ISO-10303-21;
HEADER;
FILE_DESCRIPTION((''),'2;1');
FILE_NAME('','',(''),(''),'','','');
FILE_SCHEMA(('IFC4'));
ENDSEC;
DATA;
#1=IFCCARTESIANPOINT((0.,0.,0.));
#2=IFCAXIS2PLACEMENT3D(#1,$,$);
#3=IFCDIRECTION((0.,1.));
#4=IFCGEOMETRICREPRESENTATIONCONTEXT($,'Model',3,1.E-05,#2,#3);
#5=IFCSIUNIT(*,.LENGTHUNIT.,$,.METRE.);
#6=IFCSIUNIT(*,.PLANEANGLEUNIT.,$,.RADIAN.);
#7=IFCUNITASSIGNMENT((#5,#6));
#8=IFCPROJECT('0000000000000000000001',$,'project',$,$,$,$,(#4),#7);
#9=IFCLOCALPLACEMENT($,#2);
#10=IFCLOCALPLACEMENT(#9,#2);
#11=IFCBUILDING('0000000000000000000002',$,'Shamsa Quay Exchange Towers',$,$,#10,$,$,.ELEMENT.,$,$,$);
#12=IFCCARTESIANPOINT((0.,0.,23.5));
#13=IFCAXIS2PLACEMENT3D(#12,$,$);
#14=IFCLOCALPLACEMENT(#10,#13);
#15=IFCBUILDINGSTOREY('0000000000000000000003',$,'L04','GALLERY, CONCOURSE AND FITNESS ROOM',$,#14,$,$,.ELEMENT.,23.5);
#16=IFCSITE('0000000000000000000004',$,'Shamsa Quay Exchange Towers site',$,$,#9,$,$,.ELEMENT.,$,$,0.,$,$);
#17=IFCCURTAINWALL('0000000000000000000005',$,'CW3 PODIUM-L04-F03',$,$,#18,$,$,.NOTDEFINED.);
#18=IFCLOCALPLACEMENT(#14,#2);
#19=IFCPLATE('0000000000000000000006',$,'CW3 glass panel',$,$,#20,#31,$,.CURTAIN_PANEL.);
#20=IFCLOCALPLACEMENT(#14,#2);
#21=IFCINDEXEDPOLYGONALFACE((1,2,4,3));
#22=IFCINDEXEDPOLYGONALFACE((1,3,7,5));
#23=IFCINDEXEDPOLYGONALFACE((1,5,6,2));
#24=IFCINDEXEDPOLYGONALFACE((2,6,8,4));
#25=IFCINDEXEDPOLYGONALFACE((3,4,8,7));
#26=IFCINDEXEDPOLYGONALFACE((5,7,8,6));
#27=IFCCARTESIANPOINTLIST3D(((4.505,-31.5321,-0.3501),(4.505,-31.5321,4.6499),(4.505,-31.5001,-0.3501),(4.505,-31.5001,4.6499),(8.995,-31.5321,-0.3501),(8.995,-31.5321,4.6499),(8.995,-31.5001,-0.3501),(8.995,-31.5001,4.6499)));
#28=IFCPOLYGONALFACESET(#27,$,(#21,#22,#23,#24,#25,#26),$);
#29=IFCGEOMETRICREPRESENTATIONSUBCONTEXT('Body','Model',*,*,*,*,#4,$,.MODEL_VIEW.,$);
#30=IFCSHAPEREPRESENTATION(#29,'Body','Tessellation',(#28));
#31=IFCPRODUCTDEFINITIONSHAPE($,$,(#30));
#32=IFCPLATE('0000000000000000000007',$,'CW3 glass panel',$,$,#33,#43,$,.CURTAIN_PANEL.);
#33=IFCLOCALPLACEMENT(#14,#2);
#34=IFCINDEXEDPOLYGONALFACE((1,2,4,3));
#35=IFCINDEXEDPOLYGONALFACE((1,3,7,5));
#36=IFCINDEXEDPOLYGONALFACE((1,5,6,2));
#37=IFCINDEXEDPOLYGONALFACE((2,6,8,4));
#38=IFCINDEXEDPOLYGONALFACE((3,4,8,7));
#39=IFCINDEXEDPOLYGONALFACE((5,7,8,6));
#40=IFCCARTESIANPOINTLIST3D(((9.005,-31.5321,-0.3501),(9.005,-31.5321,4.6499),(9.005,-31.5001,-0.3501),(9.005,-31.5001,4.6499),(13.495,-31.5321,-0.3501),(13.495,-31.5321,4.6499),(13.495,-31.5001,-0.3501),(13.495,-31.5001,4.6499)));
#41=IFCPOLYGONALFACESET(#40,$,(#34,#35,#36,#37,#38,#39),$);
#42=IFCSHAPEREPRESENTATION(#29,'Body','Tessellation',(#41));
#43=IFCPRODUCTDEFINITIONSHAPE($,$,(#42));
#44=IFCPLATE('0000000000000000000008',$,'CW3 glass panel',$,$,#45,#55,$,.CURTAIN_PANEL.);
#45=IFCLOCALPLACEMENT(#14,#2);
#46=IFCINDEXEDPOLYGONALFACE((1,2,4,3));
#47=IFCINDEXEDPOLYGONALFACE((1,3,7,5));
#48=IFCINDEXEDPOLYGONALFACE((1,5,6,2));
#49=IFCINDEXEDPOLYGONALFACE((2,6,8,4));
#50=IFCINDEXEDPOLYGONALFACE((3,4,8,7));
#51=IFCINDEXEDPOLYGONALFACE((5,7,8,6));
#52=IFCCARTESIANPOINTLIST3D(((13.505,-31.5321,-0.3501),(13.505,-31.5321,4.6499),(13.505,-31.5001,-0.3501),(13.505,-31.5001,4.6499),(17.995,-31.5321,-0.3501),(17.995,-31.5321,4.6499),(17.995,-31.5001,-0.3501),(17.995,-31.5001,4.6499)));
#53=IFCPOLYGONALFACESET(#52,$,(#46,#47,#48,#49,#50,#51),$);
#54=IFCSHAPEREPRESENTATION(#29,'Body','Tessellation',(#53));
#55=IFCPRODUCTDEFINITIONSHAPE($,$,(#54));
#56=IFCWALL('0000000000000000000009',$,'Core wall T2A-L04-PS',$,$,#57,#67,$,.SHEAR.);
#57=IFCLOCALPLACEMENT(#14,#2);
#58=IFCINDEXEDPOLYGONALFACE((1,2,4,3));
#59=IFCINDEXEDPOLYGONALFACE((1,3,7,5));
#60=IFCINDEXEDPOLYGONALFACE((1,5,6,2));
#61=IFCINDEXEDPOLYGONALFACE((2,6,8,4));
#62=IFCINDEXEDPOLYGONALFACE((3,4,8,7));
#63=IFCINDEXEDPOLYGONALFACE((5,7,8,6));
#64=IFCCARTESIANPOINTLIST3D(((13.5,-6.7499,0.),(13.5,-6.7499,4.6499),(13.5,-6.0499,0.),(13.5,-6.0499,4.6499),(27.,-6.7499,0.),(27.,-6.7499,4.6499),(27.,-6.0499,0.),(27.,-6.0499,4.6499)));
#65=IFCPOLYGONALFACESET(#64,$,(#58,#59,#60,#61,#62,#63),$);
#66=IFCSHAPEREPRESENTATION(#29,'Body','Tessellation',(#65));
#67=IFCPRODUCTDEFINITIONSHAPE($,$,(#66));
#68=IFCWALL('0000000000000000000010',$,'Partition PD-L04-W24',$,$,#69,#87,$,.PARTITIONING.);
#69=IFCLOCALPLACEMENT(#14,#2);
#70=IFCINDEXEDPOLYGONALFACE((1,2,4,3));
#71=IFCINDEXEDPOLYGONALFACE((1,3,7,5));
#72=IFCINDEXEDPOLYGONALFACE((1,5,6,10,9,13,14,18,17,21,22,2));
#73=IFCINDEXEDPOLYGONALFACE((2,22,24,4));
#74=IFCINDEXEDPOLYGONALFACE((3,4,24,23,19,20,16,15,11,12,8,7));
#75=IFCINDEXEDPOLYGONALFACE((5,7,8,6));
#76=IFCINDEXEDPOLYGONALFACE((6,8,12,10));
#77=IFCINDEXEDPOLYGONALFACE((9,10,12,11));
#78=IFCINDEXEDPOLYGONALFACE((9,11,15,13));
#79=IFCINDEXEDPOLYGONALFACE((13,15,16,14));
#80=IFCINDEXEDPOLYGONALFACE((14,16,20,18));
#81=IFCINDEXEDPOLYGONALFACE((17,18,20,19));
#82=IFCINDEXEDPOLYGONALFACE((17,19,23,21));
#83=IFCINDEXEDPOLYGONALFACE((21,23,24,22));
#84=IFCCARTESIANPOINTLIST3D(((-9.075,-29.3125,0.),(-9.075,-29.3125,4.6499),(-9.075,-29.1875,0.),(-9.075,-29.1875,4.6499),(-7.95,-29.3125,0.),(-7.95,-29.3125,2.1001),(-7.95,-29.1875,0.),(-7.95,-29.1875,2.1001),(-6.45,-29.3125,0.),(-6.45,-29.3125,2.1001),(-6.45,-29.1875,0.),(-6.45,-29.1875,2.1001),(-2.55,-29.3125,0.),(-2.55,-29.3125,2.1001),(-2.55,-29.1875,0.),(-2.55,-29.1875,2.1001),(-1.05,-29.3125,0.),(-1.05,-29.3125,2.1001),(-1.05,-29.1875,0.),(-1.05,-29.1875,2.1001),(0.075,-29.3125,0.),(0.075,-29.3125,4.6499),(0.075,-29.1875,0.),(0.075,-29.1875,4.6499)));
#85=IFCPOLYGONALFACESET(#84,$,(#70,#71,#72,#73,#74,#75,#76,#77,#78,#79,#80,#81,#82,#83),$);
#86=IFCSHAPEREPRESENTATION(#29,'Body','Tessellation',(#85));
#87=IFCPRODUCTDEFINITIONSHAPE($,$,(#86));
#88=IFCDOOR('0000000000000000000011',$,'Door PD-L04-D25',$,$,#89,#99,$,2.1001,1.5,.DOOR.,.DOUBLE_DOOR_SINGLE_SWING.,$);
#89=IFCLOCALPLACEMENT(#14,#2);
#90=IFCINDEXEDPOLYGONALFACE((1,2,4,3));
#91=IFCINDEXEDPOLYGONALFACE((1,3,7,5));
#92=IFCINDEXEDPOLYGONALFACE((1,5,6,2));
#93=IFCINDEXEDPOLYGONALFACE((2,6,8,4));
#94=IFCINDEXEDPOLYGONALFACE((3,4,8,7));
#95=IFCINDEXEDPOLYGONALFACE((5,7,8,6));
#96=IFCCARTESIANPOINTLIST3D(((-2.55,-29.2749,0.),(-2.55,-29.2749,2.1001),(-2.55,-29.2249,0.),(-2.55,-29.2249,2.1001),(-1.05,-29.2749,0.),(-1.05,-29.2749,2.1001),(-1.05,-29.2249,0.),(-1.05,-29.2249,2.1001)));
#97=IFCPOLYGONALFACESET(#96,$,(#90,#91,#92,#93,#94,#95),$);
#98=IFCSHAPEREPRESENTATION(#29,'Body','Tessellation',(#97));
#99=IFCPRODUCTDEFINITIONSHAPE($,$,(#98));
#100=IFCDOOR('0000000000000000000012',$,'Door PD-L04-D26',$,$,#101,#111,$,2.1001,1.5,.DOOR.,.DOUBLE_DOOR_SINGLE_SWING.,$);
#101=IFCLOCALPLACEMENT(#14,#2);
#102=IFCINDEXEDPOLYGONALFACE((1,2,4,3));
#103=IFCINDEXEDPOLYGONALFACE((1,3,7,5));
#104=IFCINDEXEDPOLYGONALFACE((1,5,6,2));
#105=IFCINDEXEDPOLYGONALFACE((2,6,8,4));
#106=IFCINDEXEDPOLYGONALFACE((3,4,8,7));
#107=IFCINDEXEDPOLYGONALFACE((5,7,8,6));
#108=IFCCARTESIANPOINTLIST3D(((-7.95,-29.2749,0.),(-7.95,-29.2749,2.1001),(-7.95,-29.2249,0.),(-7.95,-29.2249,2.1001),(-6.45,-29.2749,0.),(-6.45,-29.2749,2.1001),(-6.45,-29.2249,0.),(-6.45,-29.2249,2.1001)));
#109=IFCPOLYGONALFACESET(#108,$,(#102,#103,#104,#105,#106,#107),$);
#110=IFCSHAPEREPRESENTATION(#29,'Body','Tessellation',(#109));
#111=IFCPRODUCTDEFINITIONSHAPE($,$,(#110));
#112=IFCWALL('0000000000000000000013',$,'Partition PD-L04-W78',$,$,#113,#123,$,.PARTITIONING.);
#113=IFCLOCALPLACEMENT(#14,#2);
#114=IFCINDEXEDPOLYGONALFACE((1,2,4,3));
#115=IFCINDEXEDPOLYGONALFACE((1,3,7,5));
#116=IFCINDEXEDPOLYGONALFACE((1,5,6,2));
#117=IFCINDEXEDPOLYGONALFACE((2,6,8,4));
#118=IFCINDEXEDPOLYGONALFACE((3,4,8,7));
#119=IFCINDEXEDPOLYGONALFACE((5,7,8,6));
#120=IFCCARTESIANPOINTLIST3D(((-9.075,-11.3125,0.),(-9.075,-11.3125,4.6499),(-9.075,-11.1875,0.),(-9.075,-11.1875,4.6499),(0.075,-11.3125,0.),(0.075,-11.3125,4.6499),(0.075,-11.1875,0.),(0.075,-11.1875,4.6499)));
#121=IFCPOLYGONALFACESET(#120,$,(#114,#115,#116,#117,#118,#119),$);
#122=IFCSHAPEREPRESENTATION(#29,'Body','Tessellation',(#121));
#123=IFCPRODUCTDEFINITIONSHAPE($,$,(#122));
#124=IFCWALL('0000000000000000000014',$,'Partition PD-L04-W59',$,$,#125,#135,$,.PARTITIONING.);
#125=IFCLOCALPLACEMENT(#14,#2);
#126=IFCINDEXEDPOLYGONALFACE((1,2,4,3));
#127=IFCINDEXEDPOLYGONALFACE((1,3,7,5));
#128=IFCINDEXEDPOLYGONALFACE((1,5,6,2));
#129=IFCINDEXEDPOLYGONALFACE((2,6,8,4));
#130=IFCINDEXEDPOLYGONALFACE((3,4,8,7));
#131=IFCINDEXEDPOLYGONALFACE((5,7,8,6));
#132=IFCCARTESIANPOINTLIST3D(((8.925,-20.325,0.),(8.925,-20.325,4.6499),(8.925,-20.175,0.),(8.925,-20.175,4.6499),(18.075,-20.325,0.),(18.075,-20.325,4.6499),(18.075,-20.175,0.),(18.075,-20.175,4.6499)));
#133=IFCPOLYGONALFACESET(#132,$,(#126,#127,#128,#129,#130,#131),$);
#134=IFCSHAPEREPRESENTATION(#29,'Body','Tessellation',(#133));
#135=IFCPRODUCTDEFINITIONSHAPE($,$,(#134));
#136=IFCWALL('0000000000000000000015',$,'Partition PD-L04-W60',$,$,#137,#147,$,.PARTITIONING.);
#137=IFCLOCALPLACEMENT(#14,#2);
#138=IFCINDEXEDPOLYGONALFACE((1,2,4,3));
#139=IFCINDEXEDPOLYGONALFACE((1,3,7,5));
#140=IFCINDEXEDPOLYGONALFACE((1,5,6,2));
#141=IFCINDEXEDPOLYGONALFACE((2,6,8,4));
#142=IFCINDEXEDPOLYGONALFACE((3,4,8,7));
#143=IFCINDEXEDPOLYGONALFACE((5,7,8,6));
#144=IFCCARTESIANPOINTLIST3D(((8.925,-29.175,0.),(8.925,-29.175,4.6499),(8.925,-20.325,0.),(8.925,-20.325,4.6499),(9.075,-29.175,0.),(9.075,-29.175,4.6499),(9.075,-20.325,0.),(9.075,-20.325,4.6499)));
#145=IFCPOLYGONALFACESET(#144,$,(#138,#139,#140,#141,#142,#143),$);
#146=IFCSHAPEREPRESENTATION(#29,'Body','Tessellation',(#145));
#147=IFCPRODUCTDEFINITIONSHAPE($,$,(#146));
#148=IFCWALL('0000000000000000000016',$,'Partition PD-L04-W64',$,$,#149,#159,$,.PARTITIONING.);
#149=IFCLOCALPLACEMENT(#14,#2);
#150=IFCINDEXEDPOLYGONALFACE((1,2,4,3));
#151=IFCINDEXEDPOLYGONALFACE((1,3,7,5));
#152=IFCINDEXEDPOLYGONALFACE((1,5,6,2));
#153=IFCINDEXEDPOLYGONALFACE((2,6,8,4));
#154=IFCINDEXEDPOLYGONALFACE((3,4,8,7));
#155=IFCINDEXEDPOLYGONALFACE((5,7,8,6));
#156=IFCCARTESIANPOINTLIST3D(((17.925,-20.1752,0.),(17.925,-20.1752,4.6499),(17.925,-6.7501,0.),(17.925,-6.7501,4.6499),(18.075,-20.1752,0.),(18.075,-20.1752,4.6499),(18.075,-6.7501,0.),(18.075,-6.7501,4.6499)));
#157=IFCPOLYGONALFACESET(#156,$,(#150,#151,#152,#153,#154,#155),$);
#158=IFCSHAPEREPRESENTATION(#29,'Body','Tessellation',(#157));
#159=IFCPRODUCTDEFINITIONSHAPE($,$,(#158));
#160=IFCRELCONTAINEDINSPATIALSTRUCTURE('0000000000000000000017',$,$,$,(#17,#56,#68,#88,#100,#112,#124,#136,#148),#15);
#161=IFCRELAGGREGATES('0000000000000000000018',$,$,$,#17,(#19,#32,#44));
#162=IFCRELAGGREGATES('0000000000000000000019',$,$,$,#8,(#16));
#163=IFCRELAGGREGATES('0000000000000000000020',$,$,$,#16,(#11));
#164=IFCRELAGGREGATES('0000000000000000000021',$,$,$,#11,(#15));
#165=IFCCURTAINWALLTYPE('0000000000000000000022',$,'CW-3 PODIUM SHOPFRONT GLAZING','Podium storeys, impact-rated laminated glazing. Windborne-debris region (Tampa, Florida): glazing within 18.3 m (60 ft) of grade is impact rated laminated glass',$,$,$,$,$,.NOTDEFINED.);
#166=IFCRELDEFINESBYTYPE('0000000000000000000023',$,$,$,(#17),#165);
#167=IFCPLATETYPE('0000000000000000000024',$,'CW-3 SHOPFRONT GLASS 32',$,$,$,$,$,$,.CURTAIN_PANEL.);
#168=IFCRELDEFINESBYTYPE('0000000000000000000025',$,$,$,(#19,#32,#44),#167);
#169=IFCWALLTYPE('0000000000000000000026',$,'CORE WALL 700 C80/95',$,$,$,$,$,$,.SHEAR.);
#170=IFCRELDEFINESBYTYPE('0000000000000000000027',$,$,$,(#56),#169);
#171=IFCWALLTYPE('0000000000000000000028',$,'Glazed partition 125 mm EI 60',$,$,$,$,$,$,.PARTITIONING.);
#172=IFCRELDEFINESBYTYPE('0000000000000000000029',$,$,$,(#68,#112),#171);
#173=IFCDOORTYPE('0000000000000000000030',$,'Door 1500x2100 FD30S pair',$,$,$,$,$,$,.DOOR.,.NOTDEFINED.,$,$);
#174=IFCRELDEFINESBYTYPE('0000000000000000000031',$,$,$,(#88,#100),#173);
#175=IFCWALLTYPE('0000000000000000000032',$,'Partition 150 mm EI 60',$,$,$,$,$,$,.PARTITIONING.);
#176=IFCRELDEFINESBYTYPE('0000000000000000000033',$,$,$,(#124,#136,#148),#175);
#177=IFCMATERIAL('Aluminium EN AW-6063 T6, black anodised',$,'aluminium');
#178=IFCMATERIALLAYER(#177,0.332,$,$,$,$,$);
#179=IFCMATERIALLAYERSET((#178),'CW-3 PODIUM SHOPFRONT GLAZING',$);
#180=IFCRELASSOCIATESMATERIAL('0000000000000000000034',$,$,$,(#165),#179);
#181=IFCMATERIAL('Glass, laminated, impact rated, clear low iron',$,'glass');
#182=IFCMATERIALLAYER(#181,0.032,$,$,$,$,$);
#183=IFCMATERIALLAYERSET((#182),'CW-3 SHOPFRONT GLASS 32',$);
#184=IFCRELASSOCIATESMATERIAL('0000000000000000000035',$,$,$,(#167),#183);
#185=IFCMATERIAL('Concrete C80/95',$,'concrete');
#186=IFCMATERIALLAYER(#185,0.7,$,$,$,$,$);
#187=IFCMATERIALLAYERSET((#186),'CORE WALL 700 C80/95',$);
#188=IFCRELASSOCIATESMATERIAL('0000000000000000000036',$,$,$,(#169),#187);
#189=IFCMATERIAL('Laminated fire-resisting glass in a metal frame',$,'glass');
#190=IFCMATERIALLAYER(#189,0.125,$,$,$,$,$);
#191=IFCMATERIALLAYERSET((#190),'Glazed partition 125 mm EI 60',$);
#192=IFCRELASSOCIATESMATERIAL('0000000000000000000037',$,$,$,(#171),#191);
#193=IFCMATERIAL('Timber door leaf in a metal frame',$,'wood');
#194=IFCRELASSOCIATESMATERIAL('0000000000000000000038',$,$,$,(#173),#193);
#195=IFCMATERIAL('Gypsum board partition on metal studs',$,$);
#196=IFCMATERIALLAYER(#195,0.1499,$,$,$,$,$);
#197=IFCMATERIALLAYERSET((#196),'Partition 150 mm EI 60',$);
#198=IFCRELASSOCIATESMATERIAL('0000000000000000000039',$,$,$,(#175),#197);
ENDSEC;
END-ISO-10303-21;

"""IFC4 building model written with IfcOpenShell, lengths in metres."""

from ifc_helpers import new_model, si_unit, direction, frame, frame_2d, origin, origin_2d, place, context, subcontext, project, spatial, rectangle, extrude, material, layer, layer_set, type_object, element, fill, aggregate, save


model = new_model("IFC4")

# Units and contexts
model_context = context("Model", 3, precision=1e-05, world=origin(), true_north=direction((0.0, 1.0)))
body_context = subcontext(model_context, "Body", "Model", "MODEL_VIEW")
ifc_project = project(units=[si_unit("LENGTHUNIT", "METRE"), si_unit("PLANEANGLEUNIT", "RADIAN")], contexts=[model_context])

# Site, building, storey
site_placement = place(None, origin())
site = spatial("IfcSite", under=ifc_project, at=site_placement, Name="Shamsa Quay Exchange Towers site", CompositionType="ELEMENT", RefElevation=0.0)
building_placement = place(site_placement, origin())
building = spatial("IfcBuilding", under=site, at=building_placement, Name="Shamsa Quay Exchange Towers", CompositionType="ELEMENT")
storey_placement = place(building_placement, frame((0.0, 0.0, 23.5)))
storey = spatial("IfcBuildingStorey", under=building, at=storey_placement, Name="L04", Description="GALLERY, CONCOURSE AND FITNESS ROOM", CompositionType="ELEMENT", Elevation=23.5)

# Curtain wall
ifc_material_1 = material(Name="Aluminium EN AW-6063 T6, black anodised", Category="aluminium")
ifc_layer_1 = layer(ifc_material_1, 0.332)
ifc_layer_set_1 = layer_set([ifc_layer_1], Name="CW-3 PODIUM SHOPFRONT GLAZING")
curtain_wall_type = type_object("IfcCurtainWallType", Name="CW-3 PODIUM SHOPFRONT GLAZING", Description="Podium storeys, impact-rated laminated glazing. Windborne-debris region (Tampa, Florida): glazing within 18.3 m (60 ft) of grade is impact rated laminated glass", PredefinedType="NOTDEFINED", material=ifc_layer_set_1)
curtain_wall_placement = place(storey_placement, origin())
curtain_wall = element("IfcCurtainWall", 1, at=curtain_wall_placement, inside=storey, type_object=curtain_wall_type, Name="CW3 PODIUM-L04-F03", PredefinedType="NOTDEFINED")

# Plates
ifc_material_2 = material(Name="Glass, laminated, impact rated, clear low iron", Category="glass")
ifc_layer_2 = layer(ifc_material_2, 0.032)
ifc_layer_set_2 = layer_set([ifc_layer_2], Name="CW-3 SHOPFRONT GLASS 32")
plate_type = type_object("IfcPlateType", Name="CW-3 SHOPFRONT GLASS 32", PredefinedType="CURTAIN_PANEL", material=ifc_layer_set_2)
plate_1_placement = place(storey_placement, frame((6.75, -31.5161, -0.3501)))
plate_1 = element("IfcPlate", 2, at=plate_1_placement, type_object=plate_type, Name="CW3 glass panel", PredefinedType="CURTAIN_PANEL", context=body_context, shape_type="SweptSolid", body=[
    extrude(rectangle(XDim=4.49, YDim=0.032, at=origin_2d()), origin(), (0.0, 0.0, 1.0), 5.0),
])
plate_2_placement = place(storey_placement, frame((11.25, -31.5161, -0.3501)))
plate_2 = element("IfcPlate", 3, at=plate_2_placement, type_object=plate_type, Name="CW3 glass panel", PredefinedType="CURTAIN_PANEL", context=body_context, shape_type="SweptSolid", body=[
    extrude(rectangle(XDim=4.49, YDim=0.032, at=origin_2d()), origin(), (0.0, 0.0, 1.0), 5.0),
])
plate_3_placement = place(storey_placement, frame((15.75, -31.5161, -0.3501)))
plate_3 = element("IfcPlate", 4, at=plate_3_placement, type_object=plate_type, Name="CW3 glass panel", PredefinedType="CURTAIN_PANEL", context=body_context, shape_type="SweptSolid", body=[
    extrude(rectangle(XDim=4.49, YDim=0.032, at=origin_2d()), origin(), (0.0, 0.0, 1.0), 5.0),
])
aggregate(curtain_wall, [plate_1, plate_2, plate_3])

# Wall
ifc_material_3 = material(Name="Concrete C80/95", Category="concrete")
ifc_layer_3 = layer(ifc_material_3, 0.7)
ifc_layer_set_3 = layer_set([ifc_layer_3], Name="CORE WALL 700 C80/95")
wall_type_1 = type_object("IfcWallType", Name="CORE WALL 700 C80/95", PredefinedType="SHEAR", material=ifc_layer_set_3)
wall_1_placement = place(storey_placement, frame((13.5, -6.3999, 0.0)))
element("IfcWall", 5, at=wall_1_placement, inside=storey, type_object=wall_type_1, Name="Core wall T2A-L04-PS", PredefinedType="SHEAR", context=body_context, shape_type="SweptSolid", body=[
    extrude(rectangle(XDim=13.5, YDim=0.7, at=frame_2d((6.75, 0.0))), origin(), (0.0, 0.0, 1.0), 4.6499),
])

# Wall, openings, doors
ifc_material_4 = material(Name="Laminated fire-resisting glass in a metal frame", Category="glass")
ifc_layer_4 = layer(ifc_material_4, 0.125)
ifc_layer_set_4 = layer_set([ifc_layer_4], Name="Glazed partition 125 mm EI 60")
wall_type_2 = type_object("IfcWallType", Name="Glazed partition 125 mm EI 60", PredefinedType="PARTITIONING", material=ifc_layer_set_4)
wall_2_placement = place(storey_placement, frame((0.075, -29.25, 0.0), z_axis=(0.0, 0.0, 1.0), x_axis=(-1.0, 0.0, 0.0)))
wall_2 = element("IfcWall", 6, at=wall_2_placement, inside=storey, type_object=wall_type_2, Name="Partition PD-L04-W24", PredefinedType="PARTITIONING", context=body_context, shape_type="SweptSolid", body=[
    extrude(rectangle(XDim=9.1499, YDim=0.125, at=frame_2d((4.575, 0.0))), origin(), (0.0, 0.0, 1.0), 4.6499),
])
opening_1_placement = place(wall_2_placement, frame((1.125, 0.0, 0.0)))
opening_1 = element("IfcOpeningElement", 7, at=opening_1_placement, cuts=wall_2, PredefinedType="OPENING", context=body_context, shape_type="SweptSolid", body=[
    extrude(rectangle(XDim=1.5, YDim=2.1001, at=frame_2d((0.75, 1.05))), frame((0.0, 0.0725, 0.0), z_axis=(0.0, -1.0, 0.0), x_axis=(1.0, 0.0, 0.0)), (0.0, 0.0, 1.0), 0.145),
])
opening_2_placement = place(wall_2_placement, frame((6.5249, 0.0, 0.0)))
opening_2 = element("IfcOpeningElement", 8, at=opening_2_placement, cuts=wall_2, PredefinedType="OPENING", context=body_context, shape_type="SweptSolid", body=[
    extrude(rectangle(XDim=1.5, YDim=2.1001, at=frame_2d((0.75, 1.05))), frame((0.0, 0.0725, 0.0), z_axis=(0.0, -1.0, 0.0), x_axis=(1.0, 0.0, 0.0)), (0.0, 0.0, 1.0), 0.145),
])
ifc_material_5 = material(Name="Timber door leaf in a metal frame", Category="wood")
door_type = type_object("IfcDoorType", Name="Door 1500x2100 FD30S pair", OperationType="NOTDEFINED", PredefinedType="DOOR", material=ifc_material_5)
door_1_placement = place(opening_1_placement, origin())
door_1 = element("IfcDoor", 9, at=door_1_placement, inside=storey, type_object=door_type, Name="Door PD-L04-D25", OperationType="DOUBLE_DOOR_SINGLE_SWING", OverallHeight=2.1001, OverallWidth=1.5, PredefinedType="DOOR", context=body_context, shape_type="SweptSolid", body=[
    extrude(rectangle(XDim=1.5, YDim=2.1001, at=frame_2d((0.75, 1.05))), frame((0.0, 0.0249, 0.0), z_axis=(0.0, -1.0, 0.0), x_axis=(1.0, 0.0, 0.0)), (0.0, 0.0, 1.0), 0.05),
])
fill(opening_1, door_1)
door_2_placement = place(opening_2_placement, origin())
door_2 = element("IfcDoor", 10, at=door_2_placement, inside=storey, type_object=door_type, Name="Door PD-L04-D26", OperationType="DOUBLE_DOOR_SINGLE_SWING", OverallHeight=2.1001, OverallWidth=1.5, PredefinedType="DOOR", context=body_context, shape_type="SweptSolid", body=[
    extrude(rectangle(XDim=1.5, YDim=2.1001, at=frame_2d((0.75, 1.05))), frame((0.0, 0.0249, 0.0), z_axis=(0.0, -1.0, 0.0), x_axis=(1.0, 0.0, 0.0)), (0.0, 0.0, 1.0), 0.05),
])
fill(opening_2, door_2)

# Walls
wall_3_placement = place(storey_placement, frame((0.075, -11.25, 0.0), z_axis=(0.0, 0.0, 1.0), x_axis=(-1.0, 0.0, 0.0)))
element("IfcWall", 11, at=wall_3_placement, inside=storey, type_object=wall_type_2, Name="Partition PD-L04-W78", PredefinedType="PARTITIONING", context=body_context, shape_type="SweptSolid", body=[
    extrude(rectangle(XDim=9.1499, YDim=0.125, at=frame_2d((4.575, 0.0))), origin(), (0.0, 0.0, 1.0), 4.6499),
])
ifc_material_6 = material(Name="Gypsum board partition on metal studs")
ifc_layer_5 = layer(ifc_material_6, 0.1499)
ifc_layer_set_5 = layer_set([ifc_layer_5], Name="Partition 150 mm EI 60")
wall_type_3 = type_object("IfcWallType", Name="Partition 150 mm EI 60", PredefinedType="PARTITIONING", material=ifc_layer_set_5)
wall_4_placement = place(storey_placement, frame((8.925, -20.25, 0.0)))
element("IfcWall", 12, at=wall_4_placement, inside=storey, type_object=wall_type_3, Name="Partition PD-L04-W59", PredefinedType="PARTITIONING", context=body_context, shape_type="SweptSolid", body=[
    extrude(rectangle(XDim=9.1499, YDim=0.1499, at=frame_2d((4.575, 0.0))), origin(), (0.0, 0.0, 1.0), 4.6499),
])
wall_5_placement = place(storey_placement, frame((9.0, -29.175, 0.0), z_axis=(0.0, 0.0, 1.0), x_axis=(0.0, 1.0, 0.0)))
element("IfcWall", 13, at=wall_5_placement, inside=storey, type_object=wall_type_3, Name="Partition PD-L04-W60", PredefinedType="PARTITIONING", context=body_context, shape_type="SweptSolid", body=[
    extrude(rectangle(XDim=8.8501, YDim=0.1499, at=frame_2d((4.425, 0.0))), origin(), (0.0, 0.0, 1.0), 4.6499),
])
wall_6_placement = place(storey_placement, frame((18.0, -20.175, 0.0), z_axis=(0.0, 0.0, 1.0), x_axis=(0.0, 1.0, 0.0)))
element("IfcWall", 14, at=wall_6_placement, inside=storey, type_object=wall_type_3, Name="Partition PD-L04-W64", PredefinedType="PARTITIONING", context=body_context, shape_type="SweptSolid", body=[
    extrude(rectangle(XDim=13.425, YDim=0.1499, at=frame_2d((6.7124, 0.0))), origin(), (0.0, 0.0, 1.0), 4.6499),
])

save(model, "model.ifc")
